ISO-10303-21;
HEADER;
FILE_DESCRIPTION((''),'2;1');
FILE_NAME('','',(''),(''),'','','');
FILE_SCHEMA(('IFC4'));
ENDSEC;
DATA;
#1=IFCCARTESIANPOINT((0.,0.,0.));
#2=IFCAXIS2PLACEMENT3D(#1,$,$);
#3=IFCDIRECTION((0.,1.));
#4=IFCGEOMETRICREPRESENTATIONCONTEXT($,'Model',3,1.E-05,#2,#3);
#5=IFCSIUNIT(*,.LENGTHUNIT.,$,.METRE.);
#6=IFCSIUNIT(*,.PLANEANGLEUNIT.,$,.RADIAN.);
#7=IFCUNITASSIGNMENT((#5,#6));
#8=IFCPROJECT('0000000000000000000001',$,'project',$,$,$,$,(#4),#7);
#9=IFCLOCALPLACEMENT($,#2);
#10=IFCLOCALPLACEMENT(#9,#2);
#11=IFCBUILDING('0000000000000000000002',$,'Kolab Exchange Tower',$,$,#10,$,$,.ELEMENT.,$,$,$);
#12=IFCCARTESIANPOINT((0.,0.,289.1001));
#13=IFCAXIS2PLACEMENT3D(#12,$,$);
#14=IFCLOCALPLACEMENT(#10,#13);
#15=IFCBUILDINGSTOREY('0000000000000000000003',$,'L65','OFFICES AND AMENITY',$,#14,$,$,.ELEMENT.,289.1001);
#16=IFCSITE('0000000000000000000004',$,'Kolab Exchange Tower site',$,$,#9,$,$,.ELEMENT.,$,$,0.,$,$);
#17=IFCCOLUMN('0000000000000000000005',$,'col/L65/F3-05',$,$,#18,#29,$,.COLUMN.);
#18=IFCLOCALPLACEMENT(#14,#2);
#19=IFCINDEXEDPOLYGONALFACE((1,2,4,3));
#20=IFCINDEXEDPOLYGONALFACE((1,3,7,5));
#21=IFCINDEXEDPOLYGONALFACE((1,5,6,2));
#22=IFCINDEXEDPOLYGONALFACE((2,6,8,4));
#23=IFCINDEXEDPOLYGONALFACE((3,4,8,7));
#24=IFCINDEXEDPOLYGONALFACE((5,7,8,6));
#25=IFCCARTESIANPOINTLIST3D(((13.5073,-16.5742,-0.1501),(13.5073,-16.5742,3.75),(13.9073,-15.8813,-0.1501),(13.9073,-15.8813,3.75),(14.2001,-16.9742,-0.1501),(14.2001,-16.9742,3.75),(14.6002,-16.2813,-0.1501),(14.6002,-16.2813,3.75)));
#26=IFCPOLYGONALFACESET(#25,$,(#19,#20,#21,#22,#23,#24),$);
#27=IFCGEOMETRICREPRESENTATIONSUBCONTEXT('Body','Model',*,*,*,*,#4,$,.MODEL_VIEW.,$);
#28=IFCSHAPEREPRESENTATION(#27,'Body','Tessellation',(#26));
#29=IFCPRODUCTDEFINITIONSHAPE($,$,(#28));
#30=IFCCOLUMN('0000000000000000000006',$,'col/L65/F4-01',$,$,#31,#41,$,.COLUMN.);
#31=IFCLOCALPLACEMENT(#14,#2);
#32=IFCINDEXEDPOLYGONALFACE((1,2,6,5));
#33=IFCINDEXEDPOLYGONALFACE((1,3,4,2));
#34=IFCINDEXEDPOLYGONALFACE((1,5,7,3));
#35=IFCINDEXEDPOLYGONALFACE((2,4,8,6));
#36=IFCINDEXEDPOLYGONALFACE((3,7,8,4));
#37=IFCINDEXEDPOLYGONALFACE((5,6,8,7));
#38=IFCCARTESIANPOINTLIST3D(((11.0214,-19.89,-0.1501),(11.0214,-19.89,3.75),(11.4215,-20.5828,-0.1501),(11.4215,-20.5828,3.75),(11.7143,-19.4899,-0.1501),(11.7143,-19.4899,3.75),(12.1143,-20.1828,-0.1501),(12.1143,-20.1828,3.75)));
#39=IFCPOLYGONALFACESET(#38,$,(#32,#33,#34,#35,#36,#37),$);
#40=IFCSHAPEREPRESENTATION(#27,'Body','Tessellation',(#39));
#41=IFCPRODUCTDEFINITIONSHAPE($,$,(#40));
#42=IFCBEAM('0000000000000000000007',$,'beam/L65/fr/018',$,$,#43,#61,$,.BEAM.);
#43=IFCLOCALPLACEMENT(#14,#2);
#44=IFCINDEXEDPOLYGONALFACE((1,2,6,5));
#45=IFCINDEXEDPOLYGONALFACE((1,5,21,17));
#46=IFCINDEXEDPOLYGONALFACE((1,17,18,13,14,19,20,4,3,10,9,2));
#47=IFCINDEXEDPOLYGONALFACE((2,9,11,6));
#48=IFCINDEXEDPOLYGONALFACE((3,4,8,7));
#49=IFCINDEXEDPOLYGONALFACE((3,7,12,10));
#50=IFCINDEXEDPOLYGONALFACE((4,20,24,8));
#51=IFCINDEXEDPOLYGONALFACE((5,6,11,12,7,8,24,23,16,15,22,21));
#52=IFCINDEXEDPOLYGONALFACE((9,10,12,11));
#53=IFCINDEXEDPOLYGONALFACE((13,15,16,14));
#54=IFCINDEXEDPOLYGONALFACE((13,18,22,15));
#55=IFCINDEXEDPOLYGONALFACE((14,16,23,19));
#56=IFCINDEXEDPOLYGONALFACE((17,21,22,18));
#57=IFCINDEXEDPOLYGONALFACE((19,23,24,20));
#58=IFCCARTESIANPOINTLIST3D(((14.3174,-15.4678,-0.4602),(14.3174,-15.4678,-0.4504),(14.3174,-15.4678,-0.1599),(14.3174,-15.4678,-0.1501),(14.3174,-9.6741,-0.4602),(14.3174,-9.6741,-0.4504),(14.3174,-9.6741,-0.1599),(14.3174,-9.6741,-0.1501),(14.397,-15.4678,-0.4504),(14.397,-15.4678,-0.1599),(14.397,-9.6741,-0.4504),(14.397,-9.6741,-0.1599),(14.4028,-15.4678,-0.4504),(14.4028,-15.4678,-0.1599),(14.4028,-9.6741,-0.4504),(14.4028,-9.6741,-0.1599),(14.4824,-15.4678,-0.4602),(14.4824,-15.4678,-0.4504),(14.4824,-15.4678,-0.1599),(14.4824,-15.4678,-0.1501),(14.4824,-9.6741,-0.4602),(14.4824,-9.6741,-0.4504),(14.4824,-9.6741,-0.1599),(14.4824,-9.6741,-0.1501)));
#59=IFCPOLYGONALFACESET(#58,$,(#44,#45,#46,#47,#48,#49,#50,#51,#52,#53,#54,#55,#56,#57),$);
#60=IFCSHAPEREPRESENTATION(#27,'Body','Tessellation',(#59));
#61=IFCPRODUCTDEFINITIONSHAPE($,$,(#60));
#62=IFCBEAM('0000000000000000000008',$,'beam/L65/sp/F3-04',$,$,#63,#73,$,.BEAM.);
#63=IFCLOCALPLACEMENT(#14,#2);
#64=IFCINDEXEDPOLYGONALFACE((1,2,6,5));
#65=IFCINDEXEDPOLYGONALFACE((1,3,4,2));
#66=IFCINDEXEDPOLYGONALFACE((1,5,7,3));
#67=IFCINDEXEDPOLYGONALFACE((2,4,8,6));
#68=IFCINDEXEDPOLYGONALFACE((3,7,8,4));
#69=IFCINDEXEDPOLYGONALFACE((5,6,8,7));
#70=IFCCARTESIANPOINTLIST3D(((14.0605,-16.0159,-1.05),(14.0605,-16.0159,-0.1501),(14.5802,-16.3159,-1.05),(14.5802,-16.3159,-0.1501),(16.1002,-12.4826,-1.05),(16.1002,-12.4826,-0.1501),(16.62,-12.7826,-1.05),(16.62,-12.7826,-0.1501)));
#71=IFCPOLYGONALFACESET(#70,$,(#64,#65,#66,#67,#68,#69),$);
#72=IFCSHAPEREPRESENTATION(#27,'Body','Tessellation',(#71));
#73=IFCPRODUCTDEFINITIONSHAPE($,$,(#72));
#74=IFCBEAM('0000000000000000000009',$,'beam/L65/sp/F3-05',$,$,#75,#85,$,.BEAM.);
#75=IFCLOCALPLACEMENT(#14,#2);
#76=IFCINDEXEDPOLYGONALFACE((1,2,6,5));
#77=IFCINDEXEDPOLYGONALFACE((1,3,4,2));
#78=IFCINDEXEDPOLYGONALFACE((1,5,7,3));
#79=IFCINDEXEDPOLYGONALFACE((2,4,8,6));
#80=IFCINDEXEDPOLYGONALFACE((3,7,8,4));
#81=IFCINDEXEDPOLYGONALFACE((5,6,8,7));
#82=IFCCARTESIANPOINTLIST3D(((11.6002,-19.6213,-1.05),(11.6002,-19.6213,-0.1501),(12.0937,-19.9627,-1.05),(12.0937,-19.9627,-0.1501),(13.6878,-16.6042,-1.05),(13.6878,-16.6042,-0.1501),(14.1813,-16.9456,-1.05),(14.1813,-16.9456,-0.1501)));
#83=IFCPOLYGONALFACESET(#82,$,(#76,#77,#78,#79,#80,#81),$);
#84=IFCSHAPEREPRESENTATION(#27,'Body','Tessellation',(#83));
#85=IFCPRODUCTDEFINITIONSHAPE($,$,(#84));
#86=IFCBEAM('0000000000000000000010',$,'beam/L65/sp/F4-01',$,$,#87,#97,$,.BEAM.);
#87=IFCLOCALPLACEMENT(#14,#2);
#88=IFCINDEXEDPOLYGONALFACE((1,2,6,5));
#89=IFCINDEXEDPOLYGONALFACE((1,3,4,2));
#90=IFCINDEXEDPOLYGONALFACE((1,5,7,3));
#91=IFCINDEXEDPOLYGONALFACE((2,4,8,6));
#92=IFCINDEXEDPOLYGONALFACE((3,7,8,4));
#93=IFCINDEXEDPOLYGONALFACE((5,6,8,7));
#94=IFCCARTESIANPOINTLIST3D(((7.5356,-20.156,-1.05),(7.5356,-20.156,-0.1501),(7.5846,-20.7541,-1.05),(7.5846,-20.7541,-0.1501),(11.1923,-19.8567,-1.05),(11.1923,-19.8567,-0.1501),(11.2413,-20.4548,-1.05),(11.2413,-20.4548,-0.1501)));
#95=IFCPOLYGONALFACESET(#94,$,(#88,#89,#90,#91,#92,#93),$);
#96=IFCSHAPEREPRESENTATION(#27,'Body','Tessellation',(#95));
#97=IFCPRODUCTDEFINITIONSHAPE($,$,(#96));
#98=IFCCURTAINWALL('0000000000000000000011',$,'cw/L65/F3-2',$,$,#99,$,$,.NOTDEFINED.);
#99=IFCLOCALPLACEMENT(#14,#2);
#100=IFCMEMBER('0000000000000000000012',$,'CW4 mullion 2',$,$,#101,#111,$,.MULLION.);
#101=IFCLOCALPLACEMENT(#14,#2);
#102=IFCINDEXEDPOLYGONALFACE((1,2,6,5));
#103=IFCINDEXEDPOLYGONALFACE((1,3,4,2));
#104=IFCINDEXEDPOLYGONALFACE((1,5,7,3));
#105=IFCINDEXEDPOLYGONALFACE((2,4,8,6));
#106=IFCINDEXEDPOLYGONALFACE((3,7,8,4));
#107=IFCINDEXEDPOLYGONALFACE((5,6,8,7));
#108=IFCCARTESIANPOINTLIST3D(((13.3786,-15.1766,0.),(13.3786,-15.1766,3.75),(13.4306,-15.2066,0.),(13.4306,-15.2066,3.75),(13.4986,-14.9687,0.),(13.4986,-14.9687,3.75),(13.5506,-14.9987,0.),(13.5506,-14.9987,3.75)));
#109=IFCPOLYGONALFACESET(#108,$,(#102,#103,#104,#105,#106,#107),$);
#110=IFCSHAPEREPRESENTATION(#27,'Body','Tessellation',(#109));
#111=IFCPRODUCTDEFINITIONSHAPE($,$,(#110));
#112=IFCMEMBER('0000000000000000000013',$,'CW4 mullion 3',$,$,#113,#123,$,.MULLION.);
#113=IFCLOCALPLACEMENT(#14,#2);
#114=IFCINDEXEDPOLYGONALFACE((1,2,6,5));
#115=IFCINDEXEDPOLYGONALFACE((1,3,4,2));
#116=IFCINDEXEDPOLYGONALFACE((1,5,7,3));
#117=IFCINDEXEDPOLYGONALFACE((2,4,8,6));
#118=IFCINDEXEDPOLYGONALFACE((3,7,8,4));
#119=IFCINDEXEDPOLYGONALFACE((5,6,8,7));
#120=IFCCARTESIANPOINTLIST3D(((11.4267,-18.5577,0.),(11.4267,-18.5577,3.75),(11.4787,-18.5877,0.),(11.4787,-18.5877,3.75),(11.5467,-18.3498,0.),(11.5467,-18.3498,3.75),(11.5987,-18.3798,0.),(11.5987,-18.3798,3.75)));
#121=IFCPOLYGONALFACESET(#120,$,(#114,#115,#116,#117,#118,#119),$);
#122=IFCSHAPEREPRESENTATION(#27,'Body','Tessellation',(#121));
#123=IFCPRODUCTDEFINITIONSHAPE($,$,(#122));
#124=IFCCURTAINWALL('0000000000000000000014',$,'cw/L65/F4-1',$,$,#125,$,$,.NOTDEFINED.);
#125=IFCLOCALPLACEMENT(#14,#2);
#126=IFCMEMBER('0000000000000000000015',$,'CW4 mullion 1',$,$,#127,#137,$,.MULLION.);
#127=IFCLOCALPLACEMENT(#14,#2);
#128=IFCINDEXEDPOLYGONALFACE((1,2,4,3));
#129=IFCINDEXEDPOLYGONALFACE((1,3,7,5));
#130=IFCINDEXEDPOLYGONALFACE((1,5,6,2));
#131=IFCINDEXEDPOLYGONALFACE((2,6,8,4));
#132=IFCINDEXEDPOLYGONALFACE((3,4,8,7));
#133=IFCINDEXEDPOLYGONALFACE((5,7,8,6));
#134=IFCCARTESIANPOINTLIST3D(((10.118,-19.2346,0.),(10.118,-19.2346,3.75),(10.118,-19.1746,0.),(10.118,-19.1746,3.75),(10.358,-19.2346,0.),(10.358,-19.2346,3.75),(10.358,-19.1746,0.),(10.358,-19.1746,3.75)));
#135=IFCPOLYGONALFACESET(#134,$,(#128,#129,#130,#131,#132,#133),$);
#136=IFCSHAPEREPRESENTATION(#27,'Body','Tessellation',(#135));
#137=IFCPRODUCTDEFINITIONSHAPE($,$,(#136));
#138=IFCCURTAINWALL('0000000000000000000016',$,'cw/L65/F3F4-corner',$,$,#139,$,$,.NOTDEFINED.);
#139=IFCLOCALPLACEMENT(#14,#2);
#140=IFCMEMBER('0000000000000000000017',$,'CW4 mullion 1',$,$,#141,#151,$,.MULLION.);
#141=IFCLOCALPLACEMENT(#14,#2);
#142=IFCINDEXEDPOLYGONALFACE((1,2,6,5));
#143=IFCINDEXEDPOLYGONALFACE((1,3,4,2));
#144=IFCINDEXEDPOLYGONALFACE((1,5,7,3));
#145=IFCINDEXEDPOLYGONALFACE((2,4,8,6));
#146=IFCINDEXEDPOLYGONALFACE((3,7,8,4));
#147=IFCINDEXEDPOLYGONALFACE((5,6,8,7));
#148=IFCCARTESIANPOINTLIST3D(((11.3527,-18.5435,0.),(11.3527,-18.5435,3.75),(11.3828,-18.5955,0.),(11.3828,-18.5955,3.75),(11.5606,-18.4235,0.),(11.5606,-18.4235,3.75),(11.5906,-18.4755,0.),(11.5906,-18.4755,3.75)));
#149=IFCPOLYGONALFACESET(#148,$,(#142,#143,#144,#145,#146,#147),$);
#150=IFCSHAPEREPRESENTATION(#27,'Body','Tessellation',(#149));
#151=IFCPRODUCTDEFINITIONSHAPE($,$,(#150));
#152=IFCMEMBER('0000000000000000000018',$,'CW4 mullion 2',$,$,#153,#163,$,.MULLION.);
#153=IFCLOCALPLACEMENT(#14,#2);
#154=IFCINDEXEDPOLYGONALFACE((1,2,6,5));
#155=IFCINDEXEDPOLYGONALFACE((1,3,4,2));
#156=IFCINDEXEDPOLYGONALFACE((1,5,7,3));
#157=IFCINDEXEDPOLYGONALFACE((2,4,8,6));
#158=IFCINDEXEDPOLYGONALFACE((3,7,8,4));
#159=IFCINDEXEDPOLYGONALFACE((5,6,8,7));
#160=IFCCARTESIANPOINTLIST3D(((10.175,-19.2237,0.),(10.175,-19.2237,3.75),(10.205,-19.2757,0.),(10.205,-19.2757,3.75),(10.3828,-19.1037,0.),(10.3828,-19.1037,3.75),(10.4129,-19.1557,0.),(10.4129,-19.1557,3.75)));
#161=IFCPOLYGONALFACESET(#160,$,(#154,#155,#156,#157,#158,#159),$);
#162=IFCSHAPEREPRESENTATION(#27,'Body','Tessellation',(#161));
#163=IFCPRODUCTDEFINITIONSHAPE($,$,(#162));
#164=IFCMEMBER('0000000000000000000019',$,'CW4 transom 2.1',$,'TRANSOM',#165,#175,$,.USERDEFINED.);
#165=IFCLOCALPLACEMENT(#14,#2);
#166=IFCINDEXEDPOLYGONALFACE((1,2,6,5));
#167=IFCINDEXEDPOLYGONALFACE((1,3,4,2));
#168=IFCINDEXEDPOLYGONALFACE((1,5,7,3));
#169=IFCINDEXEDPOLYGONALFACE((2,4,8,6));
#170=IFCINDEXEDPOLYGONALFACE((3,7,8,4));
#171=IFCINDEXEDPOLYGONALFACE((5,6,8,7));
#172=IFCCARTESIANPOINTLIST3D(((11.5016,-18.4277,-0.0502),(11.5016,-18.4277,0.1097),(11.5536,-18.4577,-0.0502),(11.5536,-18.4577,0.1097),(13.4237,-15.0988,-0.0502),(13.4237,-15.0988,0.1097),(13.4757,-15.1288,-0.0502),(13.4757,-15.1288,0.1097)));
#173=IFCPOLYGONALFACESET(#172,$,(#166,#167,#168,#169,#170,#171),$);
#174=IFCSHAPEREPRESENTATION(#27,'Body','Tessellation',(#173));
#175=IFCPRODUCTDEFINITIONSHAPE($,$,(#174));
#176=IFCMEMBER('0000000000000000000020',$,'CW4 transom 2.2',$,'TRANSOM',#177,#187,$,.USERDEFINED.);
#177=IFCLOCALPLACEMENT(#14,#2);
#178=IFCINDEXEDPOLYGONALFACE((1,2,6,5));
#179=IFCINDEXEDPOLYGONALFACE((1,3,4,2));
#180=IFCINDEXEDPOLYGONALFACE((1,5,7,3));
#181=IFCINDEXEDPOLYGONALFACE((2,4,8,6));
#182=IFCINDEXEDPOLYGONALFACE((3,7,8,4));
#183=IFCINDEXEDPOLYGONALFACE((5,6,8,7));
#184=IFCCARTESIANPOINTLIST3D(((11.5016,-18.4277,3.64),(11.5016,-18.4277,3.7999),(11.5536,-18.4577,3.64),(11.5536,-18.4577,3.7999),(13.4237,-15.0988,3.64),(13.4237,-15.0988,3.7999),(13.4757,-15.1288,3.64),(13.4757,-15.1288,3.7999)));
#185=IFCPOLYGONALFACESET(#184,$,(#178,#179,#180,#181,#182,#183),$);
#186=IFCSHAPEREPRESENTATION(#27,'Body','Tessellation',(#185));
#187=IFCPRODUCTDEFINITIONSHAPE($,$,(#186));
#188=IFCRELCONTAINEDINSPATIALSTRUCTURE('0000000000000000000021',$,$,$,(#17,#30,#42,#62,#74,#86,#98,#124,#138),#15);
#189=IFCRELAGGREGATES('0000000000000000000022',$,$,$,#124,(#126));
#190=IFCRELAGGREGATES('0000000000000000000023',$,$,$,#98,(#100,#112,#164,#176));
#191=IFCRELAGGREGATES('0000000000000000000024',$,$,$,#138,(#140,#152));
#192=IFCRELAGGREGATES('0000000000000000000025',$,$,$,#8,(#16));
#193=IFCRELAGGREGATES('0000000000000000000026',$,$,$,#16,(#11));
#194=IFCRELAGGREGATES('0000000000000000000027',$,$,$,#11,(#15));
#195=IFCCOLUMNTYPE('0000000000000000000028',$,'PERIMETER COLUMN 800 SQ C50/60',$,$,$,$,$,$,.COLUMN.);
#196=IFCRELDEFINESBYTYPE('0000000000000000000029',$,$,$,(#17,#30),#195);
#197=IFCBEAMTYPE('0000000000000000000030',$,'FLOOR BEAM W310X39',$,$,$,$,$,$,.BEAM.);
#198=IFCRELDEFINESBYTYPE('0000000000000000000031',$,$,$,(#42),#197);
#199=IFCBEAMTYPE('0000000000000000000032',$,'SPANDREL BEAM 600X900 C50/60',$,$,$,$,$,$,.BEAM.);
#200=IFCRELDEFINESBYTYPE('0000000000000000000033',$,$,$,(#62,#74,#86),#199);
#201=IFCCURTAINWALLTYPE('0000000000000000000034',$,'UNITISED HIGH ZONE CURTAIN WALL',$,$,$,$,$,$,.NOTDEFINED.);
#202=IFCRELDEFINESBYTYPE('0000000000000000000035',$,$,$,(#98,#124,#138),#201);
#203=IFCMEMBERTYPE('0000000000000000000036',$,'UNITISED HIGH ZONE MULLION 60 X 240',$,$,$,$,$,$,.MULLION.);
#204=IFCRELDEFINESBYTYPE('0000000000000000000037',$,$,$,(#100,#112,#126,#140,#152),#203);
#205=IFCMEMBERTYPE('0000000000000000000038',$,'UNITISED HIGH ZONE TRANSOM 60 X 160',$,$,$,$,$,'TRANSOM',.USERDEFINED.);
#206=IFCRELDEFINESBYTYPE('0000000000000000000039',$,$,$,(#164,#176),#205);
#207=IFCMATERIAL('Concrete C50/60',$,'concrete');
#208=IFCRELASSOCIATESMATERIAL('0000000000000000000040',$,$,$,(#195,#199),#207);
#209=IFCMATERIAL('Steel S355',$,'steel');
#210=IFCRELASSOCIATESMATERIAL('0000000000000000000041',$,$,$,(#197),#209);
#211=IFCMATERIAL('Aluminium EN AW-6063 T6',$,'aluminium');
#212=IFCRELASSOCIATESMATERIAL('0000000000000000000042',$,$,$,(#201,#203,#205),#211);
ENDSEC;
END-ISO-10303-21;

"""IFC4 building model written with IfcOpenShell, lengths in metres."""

from ifc_helpers import new_model, si_unit, direction, frame, origin, origin_2d, place, context, subcontext, project, spatial, rectangle, i_section, extrude, material, material_profile, profile_set, type_object, element, aggregate, save


model = new_model("IFC4")

# Units and contexts
model_context = context("Model", 3, precision=1e-05, world=origin(), true_north=direction((0.0, 1.0)))
body_context = subcontext(model_context, "Body", "Model", "MODEL_VIEW")
ifc_project = project(units=[si_unit("LENGTHUNIT", "METRE"), si_unit("PLANEANGLEUNIT", "RADIAN")], contexts=[model_context])

# Site, building, storey
site_placement = place(None, origin())
site = spatial("IfcSite", under=ifc_project, at=site_placement, Name="Kolab Exchange Tower site", CompositionType="ELEMENT", RefElevation=0.0)
building_placement = place(site_placement, origin())
building = spatial("IfcBuilding", under=site, at=building_placement, Name="Kolab Exchange Tower", CompositionType="ELEMENT")
storey_placement = place(building_placement, frame((0.0, 0.0, 289.1001)))
storey = spatial("IfcBuildingStorey", under=building, at=storey_placement, Name="L65", Description="OFFICES AND AMENITY", CompositionType="ELEMENT", Elevation=289.1001)

# Columns
ifc_material_1 = material(Name="Concrete C50/60", Category="concrete")
ifc_material_profile_1 = material_profile(ifc_material_1, rectangle(XDim=0.8, YDim=0.8, at=origin_2d()), Name="RC800")
ifc_profile_set_1 = profile_set([ifc_material_profile_1], Name="Concrete C50/60")
column_type = type_object("IfcColumnType", Name="PERIMETER COLUMN 800 SQ C50/60", PredefinedType="COLUMN", material=ifc_profile_set_1)
for number, where, z_axis, x_axis, name in (
    (1, (14.0537, -16.4277, -0.1501), (0.0, 0.0, 1.0), (0.5, 0.866025, 0.0), "col/L65/F3-05"),
    (2, (11.5679, -20.0364, -0.1501), (0.0, 0.0, 1.0), (0.866025, 0.5, 0.0), "col/L65/F4-01"),
):
    element("IfcColumn", number, at=place(storey_placement, frame(where, z_axis=z_axis, x_axis=x_axis)), inside=storey, type_object=column_type, Name=name, PredefinedType="COLUMN", context=body_context, shape_type="SweptSolid", body=[
        extrude(rectangle(XDim=0.8, YDim=0.8, at=origin_2d()), origin(), (0.0, 0.0, 1.0), 3.9001),
    ])

# Beams
ifc_material_2 = material(Name="Steel S355", Category="steel")
ifc_material_profile_2 = material_profile(ifc_material_2, i_section(OverallWidth=0.165, OverallDepth=0.3101, WebThickness=0.0059, FlangeThickness=0.0098, at=origin_2d()), Name="W310X39")
ifc_profile_set_2 = profile_set([ifc_material_profile_2], Name="Steel S355")
beam_type_1 = type_object("IfcBeamType", Name="FLOOR BEAM W310X39", PredefinedType="BEAM", material=ifc_profile_set_2)
beam_1_placement = place(storey_placement, frame((14.3999, -15.4678, -0.3052), z_axis=(0.0, 1.0, 0.0), x_axis=(-1.0, 0.0, 0.0)))
element("IfcBeam", 3, at=beam_1_placement, inside=storey, type_object=beam_type_1, Name="beam/L65/fr/018", PredefinedType="BEAM", context=body_context, shape_type="SweptSolid", body=[
    extrude(i_section(OverallWidth=0.165, OverallDepth=0.3101, WebThickness=0.0059, FlangeThickness=0.0098, at=origin_2d()), origin(), (0.0, 0.0, 1.0), 5.7937),
])
ifc_material_profile_3 = material_profile(ifc_material_1, rectangle(XDim=0.6001, YDim=0.8999, at=origin_2d()), Name="RC600X900")
ifc_profile_set_3 = profile_set([ifc_material_profile_3], Name="Concrete C50/60")
beam_type_2 = type_object("IfcBeamType", Name="SPANDREL BEAM 600X900 C50/60", PredefinedType="BEAM", material=ifc_profile_set_3)
beam_2_placement = place(storey_placement, frame((16.3601, -12.6326, -0.6001), z_axis=(-0.499956, -0.866051, 0.0), x_axis=(0.866051, -0.499956, 0.0)))
element("IfcBeam", 4, at=beam_2_placement, inside=storey, type_object=beam_type_2, Name="beam/L65/sp/F3-04", PredefinedType="BEAM", context=body_context, shape_type="SweptSolid", body=[
    extrude(rectangle(XDim=0.6001, YDim=0.8999, at=origin_2d()), origin(), (0.0, 0.0, 1.0), 4.0798),
])
for number, where, z_axis, x_axis, name in (
    (5, (13.9346, -16.7749, -0.6001), (-0.569006, -0.822334, 0.0), (0.822334, -0.569006, 0.0), "beam/L65/sp/F3-05"),
    (6, (11.2168, -20.1558, -0.6001), (-0.996667, -0.081581, 0.0), (0.081581, -0.996667, 0.0), "beam/L65/sp/F4-01"),
):
    element("IfcBeam", number, at=place(storey_placement, frame(where, z_axis=z_axis, x_axis=x_axis)), inside=storey, type_object=beam_type_2, Name=name, PredefinedType="BEAM", context=body_context, shape_type="SweptSolid", body=[
        extrude(rectangle(XDim=0.6001, YDim=0.8999, at=origin_2d()), origin(), (0.0, 0.0, 1.0), 3.6689),
    ])

# Curtain wall, members
ifc_material_3 = material(Name="Aluminium EN AW-6063 T6", Category="aluminium")
curtain_wall_type = type_object("IfcCurtainWallType", Name="UNITISED HIGH ZONE CURTAIN WALL", PredefinedType="NOTDEFINED", material=ifc_material_3)
curtain_wall_1_placement = place(storey_placement, origin())
curtain_wall_1 = element("IfcCurtainWall", 7, at=curtain_wall_1_placement, inside=storey, type_object=curtain_wall_type, Name="cw/L65/F3-2", PredefinedType="NOTDEFINED")
ifc_material_profile_4 = material_profile(ifc_material_3, rectangle(XDim=0.0601, YDim=0.24, at=origin_2d()), Name="RECT 60X240")
ifc_profile_set_4 = profile_set([ifc_material_profile_4], Name="Aluminium EN AW-6063 T6")
member_type_1 = type_object("IfcMemberType", Name="UNITISED HIGH ZONE MULLION 60 X 240", PredefinedType="MULLION", material=ifc_profile_set_4)
member_1_placement = place(storey_placement, frame((13.4646, -15.0876, 0.0), z_axis=(0.0, 0.0, 1.0), x_axis=(0.866025, -0.5, 0.0)))
member_1 = element("IfcMember", 8, at=member_1_placement, type_object=member_type_1, Name="CW4 mullion 2", PredefinedType="MULLION", context=body_context, shape_type="SweptSolid", body=[
    extrude(rectangle(XDim=0.0601, YDim=0.24, at=origin_2d()), origin(), (0.0, 0.0, 1.0), 3.75),
])
member_2_placement = place(storey_placement, frame((11.5127, -18.4688, 0.0), z_axis=(0.0, 0.0, 1.0), x_axis=(0.866025, -0.5, 0.0)))
member_2 = element("IfcMember", 9, at=member_2_placement, type_object=member_type_1, Name="CW4 mullion 3", PredefinedType="MULLION", context=body_context, shape_type="SweptSolid", body=[
    extrude(rectangle(XDim=0.0601, YDim=0.24, at=origin_2d()), origin(), (0.0, 0.0, 1.0), 3.75),
])

# Curtain wall, member
curtain_wall_2_placement = place(storey_placement, origin())
curtain_wall_2 = element("IfcCurtainWall", 10, at=curtain_wall_2_placement, inside=storey, type_object=curtain_wall_type, Name="cw/L65/F4-1", PredefinedType="NOTDEFINED")
member_3_placement = place(storey_placement, frame((10.238, -19.2046, 0.0), z_axis=(0.0, 0.0, 1.0), x_axis=(0.0, -1.0, 0.0)))
member_3 = element("IfcMember", 11, at=member_3_placement, type_object=member_type_1, Name="CW4 mullion 1", PredefinedType="MULLION", context=body_context, shape_type="SweptSolid", body=[
    extrude(rectangle(XDim=0.0601, YDim=0.24, at=origin_2d()), origin(), (0.0, 0.0, 1.0), 3.75),
])

# Curtain wall, members
curtain_wall_3_placement = place(storey_placement, origin())
curtain_wall_3 = element("IfcCurtainWall", 12, at=curtain_wall_3_placement, inside=storey, type_object=curtain_wall_type, Name="cw/L65/F3F4-corner", PredefinedType="NOTDEFINED")
member_4_placement = place(storey_placement, frame((11.4717, -18.5095, 0.0), z_axis=(0.0, 0.0, 1.0), x_axis=(0.5, -0.866025, 0.0)))
member_4 = element("IfcMember", 13, at=member_4_placement, type_object=member_type_1, Name="CW4 mullion 1", PredefinedType="MULLION", context=body_context, shape_type="SweptSolid", body=[
    extrude(rectangle(XDim=0.0601, YDim=0.24, at=origin_2d()), origin(), (0.0, 0.0, 1.0), 3.75),
])
member_5_placement = place(storey_placement, frame((10.2939, -19.1897, 0.0), z_axis=(0.0, 0.0, 1.0), x_axis=(0.5, -0.866025, 0.0)))
member_5 = element("IfcMember", 14, at=member_5_placement, type_object=member_type_1, Name="CW4 mullion 2", PredefinedType="MULLION", context=body_context, shape_type="SweptSolid", body=[
    extrude(rectangle(XDim=0.0601, YDim=0.24, at=origin_2d()), origin(), (0.0, 0.0, 1.0), 3.75),
])

# Members
ifc_material_profile_5 = material_profile(ifc_material_3, rectangle(XDim=0.0601, YDim=0.1599, at=origin_2d()), Name="RECT 60X160")
ifc_profile_set_5 = profile_set([ifc_material_profile_5], Name="Aluminium EN AW-6063 T6")
member_type_2 = type_object("IfcMemberType", Name="UNITISED HIGH ZONE TRANSOM 60 X 160", ElementType="TRANSOM", PredefinedType="USERDEFINED", material=ifc_profile_set_5)
member_6_placement = place(storey_placement, frame((13.4497, -15.1138, 0.0298), z_axis=(-0.500039, -0.866003, 0.0), x_axis=(0.866003, -0.500039, 0.0)))
member_6 = element("IfcMember", 15, at=member_6_placement, type_object=member_type_2, Name="CW4 transom 2.1", ObjectType="TRANSOM", PredefinedType="USERDEFINED", context=body_context, shape_type="SweptSolid", body=[
    extrude(rectangle(XDim=0.0601, YDim=0.1599, at=origin_2d()), origin(), (0.0, 0.0, 1.0), 3.844),
])
member_7_placement = place(storey_placement, frame((13.4497, -15.1138, 3.72), z_axis=(-0.500039, -0.866003, 0.0), x_axis=(0.866003, -0.500039, 0.0)))
member_7 = element("IfcMember", 16, at=member_7_placement, type_object=member_type_2, Name="CW4 transom 2.2", ObjectType="TRANSOM", PredefinedType="USERDEFINED", context=body_context, shape_type="SweptSolid", body=[
    extrude(rectangle(XDim=0.0601, YDim=0.1599, at=origin_2d()), origin(), (0.0, 0.0, 1.0), 3.844),
])
aggregate(curtain_wall_2, [member_3])

aggregate(curtain_wall_1, [member_1, member_2, member_6, member_7])
aggregate(curtain_wall_3, [member_4, member_5])

save(model, "model.ifc")
